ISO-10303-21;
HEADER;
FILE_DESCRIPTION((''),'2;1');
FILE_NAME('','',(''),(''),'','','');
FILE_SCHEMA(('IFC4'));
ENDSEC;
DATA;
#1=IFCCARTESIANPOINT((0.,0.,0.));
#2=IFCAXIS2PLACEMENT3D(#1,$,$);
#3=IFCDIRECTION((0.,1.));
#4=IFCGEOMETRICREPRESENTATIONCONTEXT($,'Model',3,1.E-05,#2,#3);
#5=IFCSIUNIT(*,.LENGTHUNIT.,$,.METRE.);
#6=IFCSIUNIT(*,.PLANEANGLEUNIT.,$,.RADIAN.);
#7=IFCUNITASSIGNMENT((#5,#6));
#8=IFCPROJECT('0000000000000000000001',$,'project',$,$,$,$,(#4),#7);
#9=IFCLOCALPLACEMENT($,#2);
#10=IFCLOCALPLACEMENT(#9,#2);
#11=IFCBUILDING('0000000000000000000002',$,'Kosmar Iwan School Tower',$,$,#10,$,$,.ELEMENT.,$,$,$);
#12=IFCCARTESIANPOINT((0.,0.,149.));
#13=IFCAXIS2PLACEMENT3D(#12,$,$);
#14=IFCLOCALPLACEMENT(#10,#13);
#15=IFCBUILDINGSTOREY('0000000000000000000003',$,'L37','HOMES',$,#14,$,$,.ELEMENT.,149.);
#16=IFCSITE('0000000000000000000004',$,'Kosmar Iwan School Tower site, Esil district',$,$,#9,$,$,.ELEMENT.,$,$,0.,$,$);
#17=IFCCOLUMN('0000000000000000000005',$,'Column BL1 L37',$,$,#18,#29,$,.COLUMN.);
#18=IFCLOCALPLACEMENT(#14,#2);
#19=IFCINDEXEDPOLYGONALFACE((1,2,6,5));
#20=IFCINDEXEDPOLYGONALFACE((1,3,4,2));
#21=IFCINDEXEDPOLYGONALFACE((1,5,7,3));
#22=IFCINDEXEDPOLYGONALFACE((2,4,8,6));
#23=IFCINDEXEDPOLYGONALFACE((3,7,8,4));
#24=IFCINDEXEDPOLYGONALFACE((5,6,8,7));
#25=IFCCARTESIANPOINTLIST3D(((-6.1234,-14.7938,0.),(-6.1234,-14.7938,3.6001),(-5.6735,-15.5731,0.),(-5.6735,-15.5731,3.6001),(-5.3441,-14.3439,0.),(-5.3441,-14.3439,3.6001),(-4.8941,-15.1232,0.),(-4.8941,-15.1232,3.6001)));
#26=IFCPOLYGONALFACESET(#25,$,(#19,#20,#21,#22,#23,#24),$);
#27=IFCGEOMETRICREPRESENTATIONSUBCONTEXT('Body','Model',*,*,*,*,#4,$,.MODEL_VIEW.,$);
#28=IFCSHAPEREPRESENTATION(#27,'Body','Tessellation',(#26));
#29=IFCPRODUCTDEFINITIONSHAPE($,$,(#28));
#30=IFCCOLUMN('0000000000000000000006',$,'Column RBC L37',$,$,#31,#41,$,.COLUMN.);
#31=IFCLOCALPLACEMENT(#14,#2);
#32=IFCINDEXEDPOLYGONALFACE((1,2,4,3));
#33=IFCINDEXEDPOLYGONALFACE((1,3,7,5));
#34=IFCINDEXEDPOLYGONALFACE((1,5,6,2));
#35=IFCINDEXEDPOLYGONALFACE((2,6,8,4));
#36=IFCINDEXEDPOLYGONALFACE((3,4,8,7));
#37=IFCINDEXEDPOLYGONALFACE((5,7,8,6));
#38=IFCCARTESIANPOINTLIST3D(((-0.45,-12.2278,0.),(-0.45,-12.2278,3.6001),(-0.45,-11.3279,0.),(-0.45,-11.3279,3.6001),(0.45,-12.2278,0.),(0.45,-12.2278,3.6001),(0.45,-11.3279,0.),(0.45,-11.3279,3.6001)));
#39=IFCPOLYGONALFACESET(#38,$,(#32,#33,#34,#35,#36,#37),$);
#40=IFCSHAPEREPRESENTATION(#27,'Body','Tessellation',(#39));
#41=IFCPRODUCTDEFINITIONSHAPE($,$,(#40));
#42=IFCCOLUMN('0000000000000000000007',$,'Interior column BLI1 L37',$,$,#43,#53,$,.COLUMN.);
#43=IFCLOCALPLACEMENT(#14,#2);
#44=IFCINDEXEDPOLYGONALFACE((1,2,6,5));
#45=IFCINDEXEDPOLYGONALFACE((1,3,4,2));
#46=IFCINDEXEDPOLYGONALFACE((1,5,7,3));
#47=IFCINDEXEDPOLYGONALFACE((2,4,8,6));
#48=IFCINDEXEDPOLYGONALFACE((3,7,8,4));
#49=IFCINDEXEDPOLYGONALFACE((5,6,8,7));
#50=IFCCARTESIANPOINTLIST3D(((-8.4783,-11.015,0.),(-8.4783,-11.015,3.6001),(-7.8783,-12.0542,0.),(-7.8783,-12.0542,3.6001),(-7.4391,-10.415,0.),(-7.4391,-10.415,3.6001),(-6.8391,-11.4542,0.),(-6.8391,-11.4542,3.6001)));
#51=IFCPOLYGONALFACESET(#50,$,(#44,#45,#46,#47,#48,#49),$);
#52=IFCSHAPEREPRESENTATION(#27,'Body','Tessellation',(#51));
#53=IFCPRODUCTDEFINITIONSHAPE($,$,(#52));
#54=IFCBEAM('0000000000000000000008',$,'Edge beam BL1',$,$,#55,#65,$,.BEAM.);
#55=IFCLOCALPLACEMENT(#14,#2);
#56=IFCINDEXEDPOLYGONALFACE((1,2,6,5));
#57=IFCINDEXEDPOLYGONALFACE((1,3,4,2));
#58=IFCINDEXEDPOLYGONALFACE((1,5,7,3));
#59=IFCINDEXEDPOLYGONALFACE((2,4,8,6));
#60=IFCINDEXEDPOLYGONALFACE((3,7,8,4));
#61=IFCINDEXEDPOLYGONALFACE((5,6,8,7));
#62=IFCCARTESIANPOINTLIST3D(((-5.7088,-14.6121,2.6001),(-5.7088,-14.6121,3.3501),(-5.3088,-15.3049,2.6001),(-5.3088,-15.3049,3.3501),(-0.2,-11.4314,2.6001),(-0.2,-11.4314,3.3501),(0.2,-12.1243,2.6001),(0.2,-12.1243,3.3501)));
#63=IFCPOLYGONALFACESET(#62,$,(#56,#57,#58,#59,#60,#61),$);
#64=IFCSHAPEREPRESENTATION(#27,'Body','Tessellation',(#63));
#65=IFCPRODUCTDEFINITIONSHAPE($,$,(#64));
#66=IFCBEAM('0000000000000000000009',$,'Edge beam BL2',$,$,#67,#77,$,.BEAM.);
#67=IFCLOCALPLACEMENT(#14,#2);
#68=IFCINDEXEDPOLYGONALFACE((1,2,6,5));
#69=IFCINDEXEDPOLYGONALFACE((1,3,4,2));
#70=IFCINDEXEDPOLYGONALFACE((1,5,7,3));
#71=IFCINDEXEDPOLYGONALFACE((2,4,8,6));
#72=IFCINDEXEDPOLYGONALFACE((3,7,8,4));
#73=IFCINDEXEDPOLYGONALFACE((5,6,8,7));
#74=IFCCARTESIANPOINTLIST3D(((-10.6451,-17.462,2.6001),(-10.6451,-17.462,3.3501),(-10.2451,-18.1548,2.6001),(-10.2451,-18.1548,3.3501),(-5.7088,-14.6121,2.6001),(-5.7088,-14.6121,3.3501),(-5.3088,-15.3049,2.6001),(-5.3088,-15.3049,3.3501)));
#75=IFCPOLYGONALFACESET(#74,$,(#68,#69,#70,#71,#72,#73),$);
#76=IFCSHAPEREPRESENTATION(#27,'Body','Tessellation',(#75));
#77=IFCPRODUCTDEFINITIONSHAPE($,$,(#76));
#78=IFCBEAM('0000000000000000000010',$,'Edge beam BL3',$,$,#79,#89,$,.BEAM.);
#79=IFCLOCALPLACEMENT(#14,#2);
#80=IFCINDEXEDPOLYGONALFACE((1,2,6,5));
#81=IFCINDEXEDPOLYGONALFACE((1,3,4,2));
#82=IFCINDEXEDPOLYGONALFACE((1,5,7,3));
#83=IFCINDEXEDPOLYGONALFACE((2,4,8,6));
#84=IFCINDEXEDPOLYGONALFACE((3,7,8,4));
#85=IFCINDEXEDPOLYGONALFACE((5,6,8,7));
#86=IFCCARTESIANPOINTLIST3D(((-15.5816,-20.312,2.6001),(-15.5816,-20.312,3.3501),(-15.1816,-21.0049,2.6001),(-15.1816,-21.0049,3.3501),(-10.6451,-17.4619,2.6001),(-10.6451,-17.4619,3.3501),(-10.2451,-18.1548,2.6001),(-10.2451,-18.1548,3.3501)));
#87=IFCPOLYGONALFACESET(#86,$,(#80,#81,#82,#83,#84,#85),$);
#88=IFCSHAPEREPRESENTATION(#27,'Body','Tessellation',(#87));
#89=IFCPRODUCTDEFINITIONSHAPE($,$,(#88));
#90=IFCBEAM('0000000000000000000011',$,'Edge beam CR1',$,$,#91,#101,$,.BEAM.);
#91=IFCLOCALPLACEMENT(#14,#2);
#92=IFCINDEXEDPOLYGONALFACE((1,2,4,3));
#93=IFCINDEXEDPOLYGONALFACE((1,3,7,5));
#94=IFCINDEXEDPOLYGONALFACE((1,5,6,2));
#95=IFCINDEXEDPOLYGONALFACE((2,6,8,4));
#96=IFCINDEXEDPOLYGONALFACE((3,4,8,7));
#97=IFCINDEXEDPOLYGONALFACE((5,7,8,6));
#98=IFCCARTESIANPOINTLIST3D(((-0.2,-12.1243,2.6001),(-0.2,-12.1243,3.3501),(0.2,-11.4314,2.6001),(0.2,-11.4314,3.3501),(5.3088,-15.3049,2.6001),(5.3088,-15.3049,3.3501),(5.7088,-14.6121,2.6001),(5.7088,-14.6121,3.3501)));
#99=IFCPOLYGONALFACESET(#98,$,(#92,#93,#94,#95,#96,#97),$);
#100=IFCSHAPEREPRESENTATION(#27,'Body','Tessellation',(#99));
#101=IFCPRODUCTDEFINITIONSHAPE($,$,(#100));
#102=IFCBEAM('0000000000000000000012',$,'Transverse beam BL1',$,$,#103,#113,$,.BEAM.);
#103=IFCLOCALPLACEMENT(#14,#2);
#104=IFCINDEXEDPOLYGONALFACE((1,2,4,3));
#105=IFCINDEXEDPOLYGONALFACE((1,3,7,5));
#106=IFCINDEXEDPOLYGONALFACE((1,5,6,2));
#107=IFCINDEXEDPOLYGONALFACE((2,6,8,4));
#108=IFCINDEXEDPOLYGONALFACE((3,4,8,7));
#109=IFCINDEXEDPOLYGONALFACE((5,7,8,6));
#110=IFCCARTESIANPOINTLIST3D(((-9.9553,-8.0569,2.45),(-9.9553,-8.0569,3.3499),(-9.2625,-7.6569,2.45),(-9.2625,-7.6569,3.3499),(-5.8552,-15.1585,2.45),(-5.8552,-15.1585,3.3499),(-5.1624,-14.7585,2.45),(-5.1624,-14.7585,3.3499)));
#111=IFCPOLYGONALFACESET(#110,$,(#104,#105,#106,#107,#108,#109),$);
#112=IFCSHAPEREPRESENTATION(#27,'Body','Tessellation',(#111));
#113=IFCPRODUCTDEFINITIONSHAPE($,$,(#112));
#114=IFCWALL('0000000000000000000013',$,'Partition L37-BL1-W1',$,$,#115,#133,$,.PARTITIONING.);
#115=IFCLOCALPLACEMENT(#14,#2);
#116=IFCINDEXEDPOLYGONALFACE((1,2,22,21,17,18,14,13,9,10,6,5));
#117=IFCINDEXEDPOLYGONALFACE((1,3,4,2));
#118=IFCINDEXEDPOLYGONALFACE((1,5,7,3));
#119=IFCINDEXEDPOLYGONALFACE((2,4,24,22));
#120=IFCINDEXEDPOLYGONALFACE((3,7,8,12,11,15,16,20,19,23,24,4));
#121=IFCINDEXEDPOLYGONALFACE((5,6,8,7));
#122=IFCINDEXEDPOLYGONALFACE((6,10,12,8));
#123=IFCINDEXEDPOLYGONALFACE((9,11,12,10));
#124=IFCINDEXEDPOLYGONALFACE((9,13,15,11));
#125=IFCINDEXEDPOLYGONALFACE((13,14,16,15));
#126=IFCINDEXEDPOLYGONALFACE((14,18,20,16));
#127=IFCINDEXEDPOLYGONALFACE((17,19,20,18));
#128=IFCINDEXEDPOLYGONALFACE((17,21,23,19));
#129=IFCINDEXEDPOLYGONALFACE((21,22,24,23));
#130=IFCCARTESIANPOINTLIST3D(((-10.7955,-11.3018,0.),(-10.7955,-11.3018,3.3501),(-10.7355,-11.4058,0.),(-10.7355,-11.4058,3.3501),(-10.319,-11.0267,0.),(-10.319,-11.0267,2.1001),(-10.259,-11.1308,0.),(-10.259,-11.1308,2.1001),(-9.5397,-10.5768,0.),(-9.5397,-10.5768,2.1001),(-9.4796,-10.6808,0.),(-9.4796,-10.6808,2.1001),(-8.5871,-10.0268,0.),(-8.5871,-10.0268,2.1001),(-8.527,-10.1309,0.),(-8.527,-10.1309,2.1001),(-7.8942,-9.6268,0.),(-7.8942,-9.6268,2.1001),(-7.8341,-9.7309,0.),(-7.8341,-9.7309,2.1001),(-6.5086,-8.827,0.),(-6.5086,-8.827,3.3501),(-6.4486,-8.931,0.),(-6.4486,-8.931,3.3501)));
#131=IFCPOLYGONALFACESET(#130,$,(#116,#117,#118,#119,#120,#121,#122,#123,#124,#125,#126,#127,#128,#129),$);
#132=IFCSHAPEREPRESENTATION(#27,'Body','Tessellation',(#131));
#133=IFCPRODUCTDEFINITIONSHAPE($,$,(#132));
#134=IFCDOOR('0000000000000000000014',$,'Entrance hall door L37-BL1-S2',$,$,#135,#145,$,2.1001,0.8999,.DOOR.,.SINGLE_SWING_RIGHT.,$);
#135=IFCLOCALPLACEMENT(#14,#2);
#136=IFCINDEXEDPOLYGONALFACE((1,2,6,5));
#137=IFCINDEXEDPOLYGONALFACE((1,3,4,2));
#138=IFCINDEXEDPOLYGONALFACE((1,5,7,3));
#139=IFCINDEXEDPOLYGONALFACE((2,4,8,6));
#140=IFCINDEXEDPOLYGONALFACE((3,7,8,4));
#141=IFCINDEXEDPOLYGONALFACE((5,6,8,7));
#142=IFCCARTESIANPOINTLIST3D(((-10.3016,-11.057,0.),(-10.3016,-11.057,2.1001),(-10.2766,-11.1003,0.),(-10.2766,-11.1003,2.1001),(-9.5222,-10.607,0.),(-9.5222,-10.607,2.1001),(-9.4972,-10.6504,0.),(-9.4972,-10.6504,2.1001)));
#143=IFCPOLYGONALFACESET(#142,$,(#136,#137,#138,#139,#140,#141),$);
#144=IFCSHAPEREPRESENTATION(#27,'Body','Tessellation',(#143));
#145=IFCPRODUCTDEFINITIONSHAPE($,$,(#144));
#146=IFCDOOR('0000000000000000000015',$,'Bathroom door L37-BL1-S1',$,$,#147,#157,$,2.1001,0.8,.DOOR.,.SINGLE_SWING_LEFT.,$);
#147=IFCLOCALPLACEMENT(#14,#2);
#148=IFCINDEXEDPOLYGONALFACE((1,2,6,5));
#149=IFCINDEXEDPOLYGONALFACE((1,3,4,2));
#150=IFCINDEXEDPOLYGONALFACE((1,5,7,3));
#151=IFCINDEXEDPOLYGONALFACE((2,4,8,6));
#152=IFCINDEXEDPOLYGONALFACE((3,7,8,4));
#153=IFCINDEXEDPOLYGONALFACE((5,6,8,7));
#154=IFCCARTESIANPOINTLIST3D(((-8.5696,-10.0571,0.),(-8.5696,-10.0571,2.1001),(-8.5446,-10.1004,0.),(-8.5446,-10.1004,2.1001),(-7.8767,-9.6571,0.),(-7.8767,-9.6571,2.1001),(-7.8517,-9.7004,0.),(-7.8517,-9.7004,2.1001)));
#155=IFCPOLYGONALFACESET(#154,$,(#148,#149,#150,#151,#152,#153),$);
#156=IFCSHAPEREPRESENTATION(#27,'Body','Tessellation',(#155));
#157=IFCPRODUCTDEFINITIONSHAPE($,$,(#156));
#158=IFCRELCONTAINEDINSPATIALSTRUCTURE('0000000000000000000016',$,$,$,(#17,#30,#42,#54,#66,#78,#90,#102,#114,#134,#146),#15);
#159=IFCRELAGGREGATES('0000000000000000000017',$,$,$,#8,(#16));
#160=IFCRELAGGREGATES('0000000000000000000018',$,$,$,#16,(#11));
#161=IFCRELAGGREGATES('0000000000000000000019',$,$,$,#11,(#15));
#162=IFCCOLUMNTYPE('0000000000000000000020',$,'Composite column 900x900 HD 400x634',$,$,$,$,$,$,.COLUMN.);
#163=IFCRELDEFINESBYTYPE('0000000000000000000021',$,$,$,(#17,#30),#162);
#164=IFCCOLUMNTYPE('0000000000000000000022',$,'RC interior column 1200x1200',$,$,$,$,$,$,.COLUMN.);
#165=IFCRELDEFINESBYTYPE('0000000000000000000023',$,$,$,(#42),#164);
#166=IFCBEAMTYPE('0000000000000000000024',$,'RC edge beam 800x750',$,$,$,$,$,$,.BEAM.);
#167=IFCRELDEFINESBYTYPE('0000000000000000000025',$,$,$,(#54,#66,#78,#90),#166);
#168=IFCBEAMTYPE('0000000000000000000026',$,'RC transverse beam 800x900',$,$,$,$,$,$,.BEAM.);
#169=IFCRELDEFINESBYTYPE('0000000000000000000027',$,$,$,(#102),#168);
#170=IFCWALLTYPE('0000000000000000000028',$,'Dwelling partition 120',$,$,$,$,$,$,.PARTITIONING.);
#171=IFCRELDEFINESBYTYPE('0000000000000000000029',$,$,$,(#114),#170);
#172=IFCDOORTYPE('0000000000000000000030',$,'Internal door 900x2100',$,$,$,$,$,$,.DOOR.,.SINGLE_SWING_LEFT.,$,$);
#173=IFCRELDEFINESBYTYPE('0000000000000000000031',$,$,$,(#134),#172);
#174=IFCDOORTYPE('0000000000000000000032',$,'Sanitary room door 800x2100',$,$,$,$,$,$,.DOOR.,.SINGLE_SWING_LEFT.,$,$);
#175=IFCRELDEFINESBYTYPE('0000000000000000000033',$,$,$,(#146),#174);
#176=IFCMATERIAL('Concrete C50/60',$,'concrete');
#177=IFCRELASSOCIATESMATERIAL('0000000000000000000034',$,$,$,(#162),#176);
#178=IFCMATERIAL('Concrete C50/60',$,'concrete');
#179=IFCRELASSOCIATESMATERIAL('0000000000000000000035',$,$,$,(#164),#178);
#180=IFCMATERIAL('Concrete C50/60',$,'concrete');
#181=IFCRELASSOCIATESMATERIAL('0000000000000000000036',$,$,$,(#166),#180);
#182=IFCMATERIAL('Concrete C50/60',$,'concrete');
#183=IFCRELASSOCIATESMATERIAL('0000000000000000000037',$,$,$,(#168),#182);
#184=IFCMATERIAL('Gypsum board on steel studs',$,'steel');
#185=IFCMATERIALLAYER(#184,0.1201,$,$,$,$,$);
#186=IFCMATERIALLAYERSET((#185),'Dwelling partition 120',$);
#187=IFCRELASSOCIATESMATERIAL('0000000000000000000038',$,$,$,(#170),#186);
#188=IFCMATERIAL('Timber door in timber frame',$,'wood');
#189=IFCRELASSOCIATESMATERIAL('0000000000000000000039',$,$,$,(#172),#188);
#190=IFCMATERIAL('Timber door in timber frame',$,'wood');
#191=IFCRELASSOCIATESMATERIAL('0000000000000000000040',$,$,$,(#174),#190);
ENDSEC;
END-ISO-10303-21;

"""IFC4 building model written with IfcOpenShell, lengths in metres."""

from ifc_helpers import new_model, si_unit, direction, frame, frame_2d, origin, origin_2d, place, context, subcontext, project, spatial, rectangle, extrude, material, layer, layer_set, material_profile, profile_set, type_object, element, fill, save


model = new_model("IFC4")

# Units and contexts
model_context = context("Model", 3, precision=1e-05, world=origin(), true_north=direction((0.0, 1.0)))
body_context = subcontext(model_context, "Body", "Model", "MODEL_VIEW")
ifc_project = project(units=[si_unit("LENGTHUNIT", "METRE"), si_unit("PLANEANGLEUNIT", "RADIAN")], contexts=[model_context])

# Site, building, storey
site_placement = place(None, origin())
site = spatial("IfcSite", under=ifc_project, at=site_placement, Name="Kosmar Iwan School Tower site, Esil district", CompositionType="ELEMENT", RefElevation=0.0)
building_placement = place(site_placement, origin())
building = spatial("IfcBuilding", under=site, at=building_placement, Name="Kosmar Iwan School Tower", CompositionType="ELEMENT")
storey_placement = place(building_placement, frame((0.0, 0.0, 149.0)))
storey = spatial("IfcBuildingStorey", under=building, at=storey_placement, Name="L37", Description="HOMES", CompositionType="ELEMENT", Elevation=149.0)

# Columns
ifc_material_1 = material(Name="Concrete C50/60", Category="concrete")
ifc_material_profile_1 = material_profile(ifc_material_1, rectangle(XDim=0.8999, YDim=0.8999, at=origin_2d()), Name="RC 900x900 + HD 400x634")
ifc_profile_set_1 = profile_set([ifc_material_profile_1], Name="Concrete C50/60")
column_type_1 = type_object("IfcColumnType", Name="Composite column 900x900 HD 400x634", PredefinedType="COLUMN", material=ifc_profile_set_1)
for number, where, z_axis, x_axis, name in (
    (1, (-5.5088, -14.9585, 0.0), (0.0, 0.0, 1.0), (-0.866025, -0.5, 0.0), "Column BL1 L37"),
    (2, (0.0, -11.7778, 0.0), (0.0, 0.0, 1.0), (1.0, 0.0, 0.0), "Column RBC L37"),
):
    element("IfcColumn", number, at=place(storey_placement, frame(where, z_axis=z_axis, x_axis=x_axis)), inside=storey, type_object=column_type_1, Name=name, PredefinedType="COLUMN", context=body_context, shape_type="SweptSolid", body=[
        extrude(rectangle(XDim=0.8999, YDim=0.8999, at=origin_2d()), origin(), (0.0, 0.0, 1.0), 3.6001),
    ])
ifc_material_2 = material(Name="Concrete C50/60", Category="concrete")
ifc_material_profile_2 = material_profile(ifc_material_2, rectangle(XDim=1.2, YDim=1.2, at=origin_2d()), Name="RC 1200x1200")
ifc_profile_set_2 = profile_set([ifc_material_profile_2], Name="Concrete C50/60")
column_type_2 = type_object("IfcColumnType", Name="RC interior column 1200x1200", PredefinedType="COLUMN", material=ifc_profile_set_2)
column_placement = place(storey_placement, frame((-7.6587, -11.2346, 0.0), z_axis=(0.0, 0.0, 1.0), x_axis=(-0.866025, -0.5, 0.0)))
element("IfcColumn", 3, at=column_placement, inside=storey, type_object=column_type_2, Name="Interior column BLI1 L37", PredefinedType="COLUMN", context=body_context, shape_type="SweptSolid", body=[
    extrude(rectangle(XDim=1.2, YDim=1.2, at=origin_2d()), origin(), (0.0, 0.0, 1.0), 3.6001),
])

# Beams
ifc_material_3 = material(Name="Concrete C50/60", Category="concrete")
ifc_material_profile_3 = material_profile(ifc_material_3, rectangle(XDim=0.8, YDim=0.75, at=origin_2d()), Name="RC 800x750")
ifc_profile_set_3 = profile_set([ifc_material_profile_3], Name="Concrete C50/60")
beam_type_1 = type_object("IfcBeamType", Name="RC edge beam 800x750", PredefinedType="BEAM", material=ifc_profile_set_3)
beam_1_placement = place(storey_placement, frame((0.0, -11.7778, 2.9751), z_axis=(-0.866014, -0.500019, 0.0), x_axis=(0.500019, -0.866014, 0.0)))
element("IfcBeam", 4, at=beam_1_placement, inside=storey, type_object=beam_type_1, Name="Edge beam BL1", PredefinedType="BEAM", context=body_context, shape_type="SweptSolid", body=[
    extrude(rectangle(XDim=0.8, YDim=0.75, at=origin_2d()), origin(), (0.0, 0.0, 1.0), 6.3611),
])
beam_2_placement = place(storey_placement, frame((-5.5088, -14.9585, 2.9751), z_axis=(-0.866034, -0.499986, 0.0), x_axis=(0.499986, -0.866034, 0.0)))
element("IfcBeam", 5, at=beam_2_placement, inside=storey, type_object=beam_type_1, Name="Edge beam BL2", PredefinedType="BEAM", context=body_context, shape_type="SweptSolid", body=[
    extrude(rectangle(XDim=0.8, YDim=0.75, at=origin_2d()), origin(), (0.0, 0.0, 1.0), 5.7),
])
beam_3_placement = place(storey_placement, frame((-10.4451, -17.8083, 2.9751), z_axis=(-0.866026, -0.499999, 0.0), x_axis=(0.499999, -0.866026, 0.0)))
element("IfcBeam", 6, at=beam_3_placement, inside=storey, type_object=beam_type_1, Name="Edge beam BL3", PredefinedType="BEAM", context=body_context, shape_type="SweptSolid", body=[
    extrude(rectangle(XDim=0.8, YDim=0.75, at=origin_2d()), origin(), (0.0, 0.0, 1.0), 5.7002),
])
beam_4_placement = place(storey_placement, frame((0.0, -11.7778, 2.9751), z_axis=(0.866014, -0.500019, 0.0), x_axis=(0.500019, 0.866014, 0.0)))
element("IfcBeam", 7, at=beam_4_placement, inside=storey, type_object=beam_type_1, Name="Edge beam CR1", PredefinedType="BEAM", context=body_context, shape_type="SweptSolid", body=[
    extrude(rectangle(XDim=0.8, YDim=0.75, at=origin_2d()), origin(), (0.0, 0.0, 1.0), 6.3611),
])
ifc_material_4 = material(Name="Concrete C50/60", Category="concrete")
ifc_material_profile_4 = material_profile(ifc_material_4, rectangle(XDim=0.8, YDim=0.8999, at=origin_2d()), Name="RC 800x900")
ifc_profile_set_4 = profile_set([ifc_material_profile_4], Name="Concrete C50/60")
beam_type_2 = type_object("IfcBeamType", Name="RC transverse beam 800x900", PredefinedType="BEAM", material=ifc_profile_set_4)
beam_5_placement = place(storey_placement, frame((-5.5088, -14.9585, 2.8999), z_axis=(-0.500001, 0.866025, 0.0), x_axis=(-0.866025, -0.500001, 0.0)))
element("IfcBeam", 8, at=beam_5_placement, inside=storey, type_object=beam_type_2, Name="Transverse beam BL1", PredefinedType="BEAM", context=body_context, shape_type="SweptSolid", body=[
    extrude(rectangle(XDim=0.8, YDim=0.8999, at=origin_2d()), origin(), (0.0, 0.0, 1.0), 8.2002),
])

# Wall, openings, doors
ifc_material_5 = material(Name="Gypsum board on steel studs", Category="steel")
ifc_layer_1 = layer(ifc_material_5, 0.1201)
ifc_layer_set_1 = layer_set([ifc_layer_1], Name="Dwelling partition 120")
wall_type_1 = type_object("IfcWallType", Name="Dwelling partition 120", PredefinedType="PARTITIONING", material=ifc_layer_set_1)
wall_1_placement = place(storey_placement, frame((-6.4785, -8.8789, 0.0), z_axis=(0.0, 0.0, 1.0), x_axis=(-0.86604, -0.499974, 0.0)))
wall_1 = element("IfcWall", 9, at=wall_1_placement, inside=storey, type_object=wall_type_1, Name="Partition L37-BL1-W1", PredefinedType="PARTITIONING", context=body_context, shape_type="SweptSolid", body=[
    extrude(rectangle(XDim=4.95, YDim=0.1201, at=frame_2d((2.4751, 0.0))), origin(), (0.0, 0.0, 1.0), 3.3501),
])
opening_1_placement = place(wall_1_placement, frame((1.6001, 0.0, 0.0)))
opening_1 = element("IfcOpeningElement", 10, at=opening_1_placement, cuts=wall_1, PredefinedType="OPENING", context=body_context, shape_type="SweptSolid", body=[
    extrude(rectangle(XDim=0.8, YDim=2.1001, at=frame_2d((0.3999, 1.05))), frame((0.0, 0.072, 0.0), z_axis=(0.0, -1.0, 0.0), x_axis=(1.0, 0.0, 0.0)), (0.0, 0.0, 1.0), 0.144),
])
opening_2_placement = place(wall_1_placement, frame((3.5, 0.0, 0.0)))
opening_2 = element("IfcOpeningElement", 11, at=opening_2_placement, cuts=wall_1, PredefinedType="OPENING", context=body_context, shape_type="SweptSolid", body=[
    extrude(rectangle(XDim=0.8999, YDim=2.1001, at=frame_2d((0.45, 1.05))), frame((0.0, 0.072, 0.0), z_axis=(0.0, -1.0, 0.0), x_axis=(1.0, 0.0, 0.0)), (0.0, 0.0, 1.0), 0.144),
])
ifc_material_6 = material(Name="Timber door in timber frame", Category="wood")
door_type_1 = type_object("IfcDoorType", Name="Internal door 900x2100", OperationType="SINGLE_SWING_LEFT", PredefinedType="DOOR", material=ifc_material_6)
door_1_placement = place(opening_2_placement, origin())
door_1 = element("IfcDoor", 12, at=door_1_placement, inside=storey, type_object=door_type_1, Name="Entrance hall door L37-BL1-S2", OperationType="SINGLE_SWING_RIGHT", OverallHeight=2.1001, OverallWidth=0.8999, PredefinedType="DOOR", context=body_context, shape_type="SweptSolid", body=[
    extrude(rectangle(XDim=0.8999, YDim=2.1001, at=frame_2d((0.45, 1.05))), frame((0.0, 0.0249, 0.0), z_axis=(0.0, -1.0, 0.0), x_axis=(1.0, 0.0, 0.0)), (0.0, 0.0, 1.0), 0.05),
])
fill(opening_2, door_1)
ifc_material_7 = material(Name="Timber door in timber frame", Category="wood")
door_type_2 = type_object("IfcDoorType", Name="Sanitary room door 800x2100", OperationType="SINGLE_SWING_LEFT", PredefinedType="DOOR", material=ifc_material_7)
door_2_placement = place(opening_1_placement, origin())
door_2 = element("IfcDoor", 13, at=door_2_placement, inside=storey, type_object=door_type_2, Name="Bathroom door L37-BL1-S1", OperationType="SINGLE_SWING_LEFT", OverallHeight=2.1001, OverallWidth=0.8, PredefinedType="DOOR", context=body_context, shape_type="SweptSolid", body=[
    extrude(rectangle(XDim=0.8, YDim=2.1001, at=frame_2d((0.3999, 1.05))), frame((0.0, 0.0249, 0.0), z_axis=(0.0, -1.0, 0.0), x_axis=(1.0, 0.0, 0.0)), (0.0, 0.0, 1.0), 0.05),
])
fill(opening_1, door_2)

save(model, "model.ifc")
